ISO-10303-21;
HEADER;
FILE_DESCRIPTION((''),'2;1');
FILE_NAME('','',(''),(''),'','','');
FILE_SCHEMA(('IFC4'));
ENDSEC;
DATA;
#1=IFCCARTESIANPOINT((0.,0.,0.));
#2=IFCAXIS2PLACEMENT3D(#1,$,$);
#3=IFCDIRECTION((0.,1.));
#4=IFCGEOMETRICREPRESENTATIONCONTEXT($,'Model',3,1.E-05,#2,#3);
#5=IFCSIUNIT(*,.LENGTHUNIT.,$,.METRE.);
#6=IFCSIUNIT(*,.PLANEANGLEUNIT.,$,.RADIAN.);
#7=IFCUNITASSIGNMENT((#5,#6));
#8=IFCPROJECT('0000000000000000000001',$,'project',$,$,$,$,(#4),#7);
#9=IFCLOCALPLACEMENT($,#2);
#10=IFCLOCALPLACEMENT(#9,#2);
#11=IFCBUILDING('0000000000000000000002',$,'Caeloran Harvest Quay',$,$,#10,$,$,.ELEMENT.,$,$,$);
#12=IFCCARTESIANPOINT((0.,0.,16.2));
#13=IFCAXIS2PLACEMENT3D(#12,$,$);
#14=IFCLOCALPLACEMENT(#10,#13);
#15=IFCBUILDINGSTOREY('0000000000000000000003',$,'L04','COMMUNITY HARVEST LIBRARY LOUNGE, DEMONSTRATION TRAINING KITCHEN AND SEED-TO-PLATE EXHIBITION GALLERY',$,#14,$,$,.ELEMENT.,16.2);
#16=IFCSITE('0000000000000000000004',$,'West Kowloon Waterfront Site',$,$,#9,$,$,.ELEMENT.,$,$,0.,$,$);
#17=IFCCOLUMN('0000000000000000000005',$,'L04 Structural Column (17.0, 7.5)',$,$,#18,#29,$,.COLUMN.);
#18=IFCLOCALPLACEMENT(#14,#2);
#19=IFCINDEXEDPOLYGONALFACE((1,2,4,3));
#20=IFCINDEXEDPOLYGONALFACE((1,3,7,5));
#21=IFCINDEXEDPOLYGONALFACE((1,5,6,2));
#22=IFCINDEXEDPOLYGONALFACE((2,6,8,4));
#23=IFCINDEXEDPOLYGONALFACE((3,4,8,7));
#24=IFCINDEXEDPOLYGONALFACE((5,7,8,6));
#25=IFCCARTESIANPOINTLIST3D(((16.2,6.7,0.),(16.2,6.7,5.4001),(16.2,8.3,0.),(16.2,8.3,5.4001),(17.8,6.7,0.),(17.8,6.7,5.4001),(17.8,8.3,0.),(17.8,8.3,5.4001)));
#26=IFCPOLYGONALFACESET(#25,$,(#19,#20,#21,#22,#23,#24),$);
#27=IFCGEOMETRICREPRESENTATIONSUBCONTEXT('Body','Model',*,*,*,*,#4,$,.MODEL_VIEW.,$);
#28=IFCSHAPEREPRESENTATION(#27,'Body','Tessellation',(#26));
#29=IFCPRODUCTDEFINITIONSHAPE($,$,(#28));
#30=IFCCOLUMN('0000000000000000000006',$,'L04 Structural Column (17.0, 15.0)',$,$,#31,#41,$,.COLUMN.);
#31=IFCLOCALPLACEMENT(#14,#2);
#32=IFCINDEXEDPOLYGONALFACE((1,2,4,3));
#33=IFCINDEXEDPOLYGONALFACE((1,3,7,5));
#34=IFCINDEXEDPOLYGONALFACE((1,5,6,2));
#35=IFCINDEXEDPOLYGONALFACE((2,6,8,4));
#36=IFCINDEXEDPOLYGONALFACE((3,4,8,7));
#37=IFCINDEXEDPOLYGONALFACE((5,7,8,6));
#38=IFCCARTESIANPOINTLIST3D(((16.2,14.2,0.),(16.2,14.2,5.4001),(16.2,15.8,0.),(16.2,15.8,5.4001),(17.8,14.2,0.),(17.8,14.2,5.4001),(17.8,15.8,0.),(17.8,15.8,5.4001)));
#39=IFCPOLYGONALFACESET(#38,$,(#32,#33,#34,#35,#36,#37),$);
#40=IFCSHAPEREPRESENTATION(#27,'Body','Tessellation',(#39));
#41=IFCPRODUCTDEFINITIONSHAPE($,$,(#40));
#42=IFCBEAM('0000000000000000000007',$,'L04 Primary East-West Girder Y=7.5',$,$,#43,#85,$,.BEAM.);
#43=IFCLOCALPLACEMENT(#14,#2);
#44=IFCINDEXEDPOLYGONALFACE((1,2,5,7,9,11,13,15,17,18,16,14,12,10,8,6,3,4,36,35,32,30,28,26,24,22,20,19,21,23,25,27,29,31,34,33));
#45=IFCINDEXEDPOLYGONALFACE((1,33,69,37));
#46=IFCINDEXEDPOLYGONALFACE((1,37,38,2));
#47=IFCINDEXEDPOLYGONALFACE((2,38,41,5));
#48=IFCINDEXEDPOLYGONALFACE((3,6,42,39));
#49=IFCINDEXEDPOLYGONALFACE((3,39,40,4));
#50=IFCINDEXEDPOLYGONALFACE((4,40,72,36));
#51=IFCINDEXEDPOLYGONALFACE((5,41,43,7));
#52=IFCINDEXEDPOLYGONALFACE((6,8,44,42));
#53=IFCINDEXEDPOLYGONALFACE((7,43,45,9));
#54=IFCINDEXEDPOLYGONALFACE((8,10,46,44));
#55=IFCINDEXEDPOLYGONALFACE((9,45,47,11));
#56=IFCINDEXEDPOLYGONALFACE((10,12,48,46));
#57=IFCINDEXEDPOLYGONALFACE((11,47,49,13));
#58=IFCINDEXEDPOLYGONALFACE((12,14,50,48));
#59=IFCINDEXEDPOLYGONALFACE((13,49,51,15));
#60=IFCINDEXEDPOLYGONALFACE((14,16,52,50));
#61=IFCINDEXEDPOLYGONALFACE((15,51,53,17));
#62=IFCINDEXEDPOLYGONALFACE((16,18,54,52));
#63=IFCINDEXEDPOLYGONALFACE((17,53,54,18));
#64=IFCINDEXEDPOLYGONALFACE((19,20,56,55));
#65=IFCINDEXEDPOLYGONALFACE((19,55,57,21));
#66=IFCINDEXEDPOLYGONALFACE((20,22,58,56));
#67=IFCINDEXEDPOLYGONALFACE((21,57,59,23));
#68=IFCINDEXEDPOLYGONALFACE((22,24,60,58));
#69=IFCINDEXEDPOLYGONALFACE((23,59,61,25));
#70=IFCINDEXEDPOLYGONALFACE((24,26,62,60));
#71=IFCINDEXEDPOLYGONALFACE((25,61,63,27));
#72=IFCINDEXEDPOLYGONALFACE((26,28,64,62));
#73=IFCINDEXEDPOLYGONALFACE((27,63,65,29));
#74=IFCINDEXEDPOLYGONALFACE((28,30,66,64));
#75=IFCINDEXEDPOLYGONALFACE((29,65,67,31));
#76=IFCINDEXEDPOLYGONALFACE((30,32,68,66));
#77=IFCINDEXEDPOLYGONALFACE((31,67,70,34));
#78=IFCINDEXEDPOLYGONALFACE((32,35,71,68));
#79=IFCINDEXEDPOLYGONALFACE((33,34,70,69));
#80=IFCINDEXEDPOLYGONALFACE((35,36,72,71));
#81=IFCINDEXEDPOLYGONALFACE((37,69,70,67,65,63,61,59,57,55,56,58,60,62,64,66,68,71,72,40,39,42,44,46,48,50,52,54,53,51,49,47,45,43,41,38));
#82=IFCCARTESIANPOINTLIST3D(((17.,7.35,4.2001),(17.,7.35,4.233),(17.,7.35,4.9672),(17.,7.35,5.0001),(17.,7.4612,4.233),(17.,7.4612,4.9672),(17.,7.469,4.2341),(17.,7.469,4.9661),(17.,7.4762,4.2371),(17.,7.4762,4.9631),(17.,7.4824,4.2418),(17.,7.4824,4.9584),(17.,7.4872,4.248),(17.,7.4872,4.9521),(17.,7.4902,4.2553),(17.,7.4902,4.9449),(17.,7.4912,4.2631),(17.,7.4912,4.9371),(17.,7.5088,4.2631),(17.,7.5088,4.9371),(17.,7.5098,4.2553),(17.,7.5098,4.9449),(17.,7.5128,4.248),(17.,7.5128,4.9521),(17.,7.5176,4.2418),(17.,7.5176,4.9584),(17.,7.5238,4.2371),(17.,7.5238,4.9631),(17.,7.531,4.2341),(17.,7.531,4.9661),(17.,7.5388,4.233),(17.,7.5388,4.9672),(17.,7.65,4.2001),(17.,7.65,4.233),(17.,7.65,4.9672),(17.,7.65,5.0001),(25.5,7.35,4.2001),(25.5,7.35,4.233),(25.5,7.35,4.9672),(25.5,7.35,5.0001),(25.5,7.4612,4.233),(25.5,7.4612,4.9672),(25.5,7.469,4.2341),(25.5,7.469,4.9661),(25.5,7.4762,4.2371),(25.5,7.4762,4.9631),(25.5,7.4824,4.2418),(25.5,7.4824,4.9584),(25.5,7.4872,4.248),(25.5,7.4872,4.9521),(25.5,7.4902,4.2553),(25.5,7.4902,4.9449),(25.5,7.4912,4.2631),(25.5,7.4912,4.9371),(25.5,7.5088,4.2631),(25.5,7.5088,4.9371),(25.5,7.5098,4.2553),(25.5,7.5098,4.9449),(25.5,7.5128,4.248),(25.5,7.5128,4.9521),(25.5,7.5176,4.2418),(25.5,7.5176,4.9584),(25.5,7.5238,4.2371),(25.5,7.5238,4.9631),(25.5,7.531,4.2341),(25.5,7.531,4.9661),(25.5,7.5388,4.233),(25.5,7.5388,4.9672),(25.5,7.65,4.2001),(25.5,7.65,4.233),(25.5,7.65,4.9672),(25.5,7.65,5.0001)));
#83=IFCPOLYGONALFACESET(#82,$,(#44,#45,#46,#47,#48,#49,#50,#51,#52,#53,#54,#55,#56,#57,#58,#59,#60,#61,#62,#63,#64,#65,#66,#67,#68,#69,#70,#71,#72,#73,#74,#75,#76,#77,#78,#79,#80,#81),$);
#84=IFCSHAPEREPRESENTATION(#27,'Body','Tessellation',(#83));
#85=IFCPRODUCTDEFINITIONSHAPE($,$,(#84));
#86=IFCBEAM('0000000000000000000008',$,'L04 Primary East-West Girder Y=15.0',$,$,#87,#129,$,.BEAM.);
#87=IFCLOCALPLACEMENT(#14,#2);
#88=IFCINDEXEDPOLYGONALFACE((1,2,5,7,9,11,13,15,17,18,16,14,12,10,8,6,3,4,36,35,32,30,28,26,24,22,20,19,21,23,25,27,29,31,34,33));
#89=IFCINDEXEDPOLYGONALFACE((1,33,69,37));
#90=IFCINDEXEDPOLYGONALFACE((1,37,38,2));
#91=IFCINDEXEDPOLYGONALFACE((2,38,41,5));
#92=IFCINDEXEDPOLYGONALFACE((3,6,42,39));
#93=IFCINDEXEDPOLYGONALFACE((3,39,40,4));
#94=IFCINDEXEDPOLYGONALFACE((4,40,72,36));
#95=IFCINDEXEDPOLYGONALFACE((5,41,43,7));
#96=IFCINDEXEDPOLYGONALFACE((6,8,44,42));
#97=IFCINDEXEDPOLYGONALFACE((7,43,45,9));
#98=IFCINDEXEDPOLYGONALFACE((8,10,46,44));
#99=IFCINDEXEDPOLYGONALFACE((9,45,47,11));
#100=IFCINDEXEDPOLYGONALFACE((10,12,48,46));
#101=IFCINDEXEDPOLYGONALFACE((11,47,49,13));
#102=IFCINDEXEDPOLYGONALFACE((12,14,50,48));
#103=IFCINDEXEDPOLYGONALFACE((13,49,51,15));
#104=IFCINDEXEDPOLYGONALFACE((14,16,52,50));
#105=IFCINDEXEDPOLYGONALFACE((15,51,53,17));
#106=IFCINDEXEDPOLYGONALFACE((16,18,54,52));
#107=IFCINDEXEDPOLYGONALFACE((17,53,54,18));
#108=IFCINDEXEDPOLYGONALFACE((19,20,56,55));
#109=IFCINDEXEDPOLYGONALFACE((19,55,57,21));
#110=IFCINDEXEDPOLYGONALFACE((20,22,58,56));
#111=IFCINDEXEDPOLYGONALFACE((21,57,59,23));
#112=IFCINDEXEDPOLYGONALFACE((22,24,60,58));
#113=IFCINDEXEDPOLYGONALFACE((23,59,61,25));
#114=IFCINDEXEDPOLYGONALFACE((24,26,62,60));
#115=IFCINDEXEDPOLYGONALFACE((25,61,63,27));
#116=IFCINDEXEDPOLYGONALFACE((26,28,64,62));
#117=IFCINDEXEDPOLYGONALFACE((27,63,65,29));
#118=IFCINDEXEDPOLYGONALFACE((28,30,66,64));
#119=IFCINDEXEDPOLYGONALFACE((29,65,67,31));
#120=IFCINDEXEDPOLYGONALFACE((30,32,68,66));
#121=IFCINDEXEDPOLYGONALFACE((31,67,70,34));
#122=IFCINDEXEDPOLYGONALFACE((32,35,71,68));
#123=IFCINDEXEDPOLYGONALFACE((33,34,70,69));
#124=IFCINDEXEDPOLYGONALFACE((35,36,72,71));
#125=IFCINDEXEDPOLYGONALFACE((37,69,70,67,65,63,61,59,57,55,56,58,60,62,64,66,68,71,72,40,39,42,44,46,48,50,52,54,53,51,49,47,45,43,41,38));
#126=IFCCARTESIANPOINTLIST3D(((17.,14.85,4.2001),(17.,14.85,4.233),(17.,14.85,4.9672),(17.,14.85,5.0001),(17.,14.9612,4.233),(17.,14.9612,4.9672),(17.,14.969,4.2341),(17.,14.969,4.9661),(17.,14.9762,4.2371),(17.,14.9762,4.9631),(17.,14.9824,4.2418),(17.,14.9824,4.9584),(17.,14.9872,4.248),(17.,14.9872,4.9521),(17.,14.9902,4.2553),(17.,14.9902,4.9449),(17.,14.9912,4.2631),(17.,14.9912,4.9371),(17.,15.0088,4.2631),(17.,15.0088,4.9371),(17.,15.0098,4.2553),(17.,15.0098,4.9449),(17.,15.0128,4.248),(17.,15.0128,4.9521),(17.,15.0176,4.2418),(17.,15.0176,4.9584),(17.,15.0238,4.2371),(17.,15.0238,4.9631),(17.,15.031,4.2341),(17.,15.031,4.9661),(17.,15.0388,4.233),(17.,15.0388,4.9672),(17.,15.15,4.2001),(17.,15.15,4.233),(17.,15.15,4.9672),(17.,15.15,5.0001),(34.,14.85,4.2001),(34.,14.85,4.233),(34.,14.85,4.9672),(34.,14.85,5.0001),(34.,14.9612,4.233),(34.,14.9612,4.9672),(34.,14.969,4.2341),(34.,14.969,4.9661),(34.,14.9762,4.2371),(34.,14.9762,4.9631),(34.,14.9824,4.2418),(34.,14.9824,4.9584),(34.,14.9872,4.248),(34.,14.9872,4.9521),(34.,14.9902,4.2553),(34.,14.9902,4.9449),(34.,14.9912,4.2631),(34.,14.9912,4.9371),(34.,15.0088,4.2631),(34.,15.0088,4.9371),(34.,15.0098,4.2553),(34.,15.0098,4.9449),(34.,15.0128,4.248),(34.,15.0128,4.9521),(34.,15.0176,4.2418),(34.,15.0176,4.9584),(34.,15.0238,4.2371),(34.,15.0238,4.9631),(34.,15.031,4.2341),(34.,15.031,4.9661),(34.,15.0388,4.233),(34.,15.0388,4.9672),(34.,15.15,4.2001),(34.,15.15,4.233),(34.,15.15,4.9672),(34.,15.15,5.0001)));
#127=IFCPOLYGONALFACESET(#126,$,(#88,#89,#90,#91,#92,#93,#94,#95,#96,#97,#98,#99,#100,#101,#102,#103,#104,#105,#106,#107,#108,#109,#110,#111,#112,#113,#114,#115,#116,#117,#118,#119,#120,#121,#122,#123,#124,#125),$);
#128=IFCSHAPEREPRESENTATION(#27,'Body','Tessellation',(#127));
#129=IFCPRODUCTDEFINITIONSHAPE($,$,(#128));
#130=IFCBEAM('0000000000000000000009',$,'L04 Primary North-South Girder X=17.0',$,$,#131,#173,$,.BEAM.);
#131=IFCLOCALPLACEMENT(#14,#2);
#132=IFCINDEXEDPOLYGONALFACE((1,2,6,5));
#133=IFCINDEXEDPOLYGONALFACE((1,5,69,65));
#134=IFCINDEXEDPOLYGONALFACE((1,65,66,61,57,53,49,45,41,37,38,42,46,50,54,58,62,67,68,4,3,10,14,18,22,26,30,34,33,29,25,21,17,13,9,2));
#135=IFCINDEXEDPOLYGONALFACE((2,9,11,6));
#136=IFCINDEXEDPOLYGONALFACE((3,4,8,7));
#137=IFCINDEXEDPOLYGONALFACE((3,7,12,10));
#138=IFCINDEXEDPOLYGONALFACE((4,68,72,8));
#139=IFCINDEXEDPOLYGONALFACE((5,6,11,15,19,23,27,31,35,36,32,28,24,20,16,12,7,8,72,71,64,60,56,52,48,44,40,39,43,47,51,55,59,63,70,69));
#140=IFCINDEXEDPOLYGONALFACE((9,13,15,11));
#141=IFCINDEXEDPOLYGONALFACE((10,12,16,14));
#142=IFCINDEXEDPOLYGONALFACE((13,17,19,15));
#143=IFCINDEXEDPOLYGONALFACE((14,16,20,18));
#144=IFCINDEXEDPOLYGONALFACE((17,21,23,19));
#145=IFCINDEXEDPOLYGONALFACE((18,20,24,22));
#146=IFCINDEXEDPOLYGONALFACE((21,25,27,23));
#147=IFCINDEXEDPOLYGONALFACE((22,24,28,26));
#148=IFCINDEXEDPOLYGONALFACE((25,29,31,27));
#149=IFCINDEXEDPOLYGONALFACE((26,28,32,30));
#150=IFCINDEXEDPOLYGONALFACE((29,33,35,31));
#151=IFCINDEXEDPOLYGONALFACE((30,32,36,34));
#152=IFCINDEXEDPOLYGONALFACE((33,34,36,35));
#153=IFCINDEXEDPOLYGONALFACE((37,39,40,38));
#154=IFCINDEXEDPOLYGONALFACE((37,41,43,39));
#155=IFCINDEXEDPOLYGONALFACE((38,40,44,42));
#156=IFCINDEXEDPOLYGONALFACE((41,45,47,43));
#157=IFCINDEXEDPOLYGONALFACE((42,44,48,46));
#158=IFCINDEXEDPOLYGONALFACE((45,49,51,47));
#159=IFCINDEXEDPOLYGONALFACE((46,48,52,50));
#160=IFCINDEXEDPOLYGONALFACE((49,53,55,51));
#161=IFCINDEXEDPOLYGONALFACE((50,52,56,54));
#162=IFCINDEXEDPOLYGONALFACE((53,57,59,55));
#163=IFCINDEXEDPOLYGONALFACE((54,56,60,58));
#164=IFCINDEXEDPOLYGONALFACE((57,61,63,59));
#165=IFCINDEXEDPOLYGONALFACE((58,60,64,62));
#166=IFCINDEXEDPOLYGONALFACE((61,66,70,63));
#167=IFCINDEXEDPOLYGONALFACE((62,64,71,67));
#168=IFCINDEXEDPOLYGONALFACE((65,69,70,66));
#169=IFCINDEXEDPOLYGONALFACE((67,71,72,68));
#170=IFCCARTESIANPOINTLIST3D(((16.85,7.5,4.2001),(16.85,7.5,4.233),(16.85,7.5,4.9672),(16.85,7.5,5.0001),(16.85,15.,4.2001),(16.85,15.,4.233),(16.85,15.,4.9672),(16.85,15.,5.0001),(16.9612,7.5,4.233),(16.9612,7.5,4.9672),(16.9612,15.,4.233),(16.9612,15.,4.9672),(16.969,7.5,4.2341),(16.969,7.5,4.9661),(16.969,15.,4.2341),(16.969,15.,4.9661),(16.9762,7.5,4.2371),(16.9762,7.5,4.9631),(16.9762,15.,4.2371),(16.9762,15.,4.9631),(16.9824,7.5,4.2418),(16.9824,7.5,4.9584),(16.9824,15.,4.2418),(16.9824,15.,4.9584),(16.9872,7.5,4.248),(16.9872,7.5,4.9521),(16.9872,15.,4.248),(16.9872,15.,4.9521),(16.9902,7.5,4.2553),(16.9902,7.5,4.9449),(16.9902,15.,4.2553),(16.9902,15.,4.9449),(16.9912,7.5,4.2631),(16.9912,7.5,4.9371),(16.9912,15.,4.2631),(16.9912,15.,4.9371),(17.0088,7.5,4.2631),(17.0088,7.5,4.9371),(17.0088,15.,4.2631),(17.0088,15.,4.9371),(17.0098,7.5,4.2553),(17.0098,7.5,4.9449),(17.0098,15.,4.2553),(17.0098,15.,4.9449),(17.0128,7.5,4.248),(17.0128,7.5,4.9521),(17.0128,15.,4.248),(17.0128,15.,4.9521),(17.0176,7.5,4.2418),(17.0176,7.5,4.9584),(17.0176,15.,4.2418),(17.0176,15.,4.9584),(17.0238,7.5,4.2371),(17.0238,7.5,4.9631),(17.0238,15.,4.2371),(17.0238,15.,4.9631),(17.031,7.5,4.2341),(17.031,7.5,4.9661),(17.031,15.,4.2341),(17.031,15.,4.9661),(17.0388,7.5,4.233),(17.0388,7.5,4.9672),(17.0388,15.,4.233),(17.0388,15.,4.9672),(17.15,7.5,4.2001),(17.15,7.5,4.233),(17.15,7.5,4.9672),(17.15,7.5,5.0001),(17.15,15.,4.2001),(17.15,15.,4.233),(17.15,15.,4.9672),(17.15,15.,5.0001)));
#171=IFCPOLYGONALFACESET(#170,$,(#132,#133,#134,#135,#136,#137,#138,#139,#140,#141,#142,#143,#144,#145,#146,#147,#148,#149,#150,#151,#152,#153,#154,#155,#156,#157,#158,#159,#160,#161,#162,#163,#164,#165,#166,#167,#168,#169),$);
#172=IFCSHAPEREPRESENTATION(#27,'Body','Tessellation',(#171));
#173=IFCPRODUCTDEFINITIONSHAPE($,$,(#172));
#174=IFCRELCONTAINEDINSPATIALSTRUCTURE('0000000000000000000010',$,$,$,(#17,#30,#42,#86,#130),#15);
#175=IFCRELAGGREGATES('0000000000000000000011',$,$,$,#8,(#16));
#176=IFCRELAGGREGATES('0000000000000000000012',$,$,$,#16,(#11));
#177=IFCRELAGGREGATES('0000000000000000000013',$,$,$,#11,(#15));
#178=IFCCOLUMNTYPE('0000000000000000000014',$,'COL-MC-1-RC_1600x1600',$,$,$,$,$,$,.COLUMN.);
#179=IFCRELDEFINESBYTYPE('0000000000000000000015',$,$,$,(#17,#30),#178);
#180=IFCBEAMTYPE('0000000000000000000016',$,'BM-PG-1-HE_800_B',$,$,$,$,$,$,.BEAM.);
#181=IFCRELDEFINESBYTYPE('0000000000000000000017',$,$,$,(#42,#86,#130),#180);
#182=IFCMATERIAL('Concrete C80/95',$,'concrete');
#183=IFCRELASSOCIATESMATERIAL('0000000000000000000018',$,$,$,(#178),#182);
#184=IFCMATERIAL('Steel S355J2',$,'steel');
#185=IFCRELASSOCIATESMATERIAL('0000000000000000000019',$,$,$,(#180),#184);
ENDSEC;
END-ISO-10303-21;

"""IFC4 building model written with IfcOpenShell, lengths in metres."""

from ifc_helpers import new_model, si_unit, direction, frame, origin, origin_2d, place, context, subcontext, project, spatial, rectangle, i_section, extrude, material, material_profile, profile_set, type_object, element, save


model = new_model("IFC4")

# Units and contexts
model_context = context("Model", 3, precision=1e-05, world=origin(), true_north=direction((0.0, 1.0)))
body_context = subcontext(model_context, "Body", "Model", "MODEL_VIEW")
ifc_project = project(units=[si_unit("LENGTHUNIT", "METRE"), si_unit("PLANEANGLEUNIT", "RADIAN")], contexts=[model_context])

# Site, building, storey
site_placement = place(None, origin())
site = spatial("IfcSite", under=ifc_project, at=site_placement, Name="West Kowloon Waterfront Site", CompositionType="ELEMENT", RefElevation=0.0)
building_placement = place(site_placement, origin())
building = spatial("IfcBuilding", under=site, at=building_placement, Name="Caeloran Harvest Quay", CompositionType="ELEMENT")
storey_placement = place(building_placement, frame((0.0, 0.0, 16.2)))
storey = spatial("IfcBuildingStorey", under=building, at=storey_placement, Name="L04", Description="COMMUNITY HARVEST LIBRARY LOUNGE, DEMONSTRATION TRAINING KITCHEN AND SEED-TO-PLATE EXHIBITION GALLERY", CompositionType="ELEMENT", Elevation=16.2)

# Columns
ifc_material_1 = material(Name="Concrete C80/95", Category="concrete")
ifc_material_profile_1 = material_profile(ifc_material_1, rectangle(XDim=1.6001, YDim=1.6001, at=origin_2d()), Name="RC 1600x1600")
ifc_profile_set_1 = profile_set([ifc_material_profile_1], Name="Concrete C80/95")
column_type = type_object("IfcColumnType", Name="COL-MC-1-RC_1600x1600", PredefinedType="COLUMN", material=ifc_profile_set_1)
for number, where, z_axis, x_axis, name in (
    (1, (17.0, 7.5, 0.0), (0.0, 0.0, 1.0), (1.0, 0.0, 0.0), "L04 Structural Column (17.0, 7.5)"),
    (2, (17.0, 15.0, 0.0), (0.0, 0.0, 1.0), (1.0, 0.0, 0.0), "L04 Structural Column (17.0, 15.0)"),
):
    element("IfcColumn", number, at=place(storey_placement, frame(where, z_axis=z_axis, x_axis=x_axis)), inside=storey, type_object=column_type, Name=name, PredefinedType="COLUMN", context=body_context, shape_type="SweptSolid", body=[
        extrude(rectangle(XDim=1.6001, YDim=1.6001, at=origin_2d()), origin(), (0.0, 0.0, 1.0), 5.4001),
    ])

# Beams
ifc_material_2 = material(Name="Steel S355J2", Category="steel")
ifc_material_profile_2 = material_profile(ifc_material_2, i_section(OverallWidth=0.3, OverallDepth=0.8, WebThickness=0.0176, FlangeThickness=0.033, FilletRadius=0.03, at=origin_2d()), Name="HE 800 B")
ifc_profile_set_2 = profile_set([ifc_material_profile_2], Name="Steel S355J2")
beam_type_1 = type_object("IfcBeamType", Name="BM-PG-1-HE_800_B", PredefinedType="BEAM", material=ifc_profile_set_2)
beam_1_placement = place(storey_placement, frame((17.0, 7.5, 4.6001), z_axis=(1.0, 0.0, 0.0), x_axis=(0.0, 1.0, 0.0)))
element("IfcBeam", 3, at=beam_1_placement, inside=storey, type_object=beam_type_1, Name="L04 Primary East-West Girder Y=7.5", PredefinedType="BEAM", context=body_context, shape_type="SweptSolid", body=[
    extrude(i_section(OverallWidth=0.3, OverallDepth=0.8, WebThickness=0.0176, FlangeThickness=0.033, FilletRadius=0.03, at=origin_2d()), origin(), (0.0, 0.0, 1.0), 8.5),
])
beam_2_placement = place(storey_placement, frame((17.0, 15.0, 4.6001), z_axis=(1.0, 0.0, 0.0), x_axis=(0.0, 1.0, 0.0)))
element("IfcBeam", 4, at=beam_2_placement, inside=storey, type_object=beam_type_1, Name="L04 Primary East-West Girder Y=15.0", PredefinedType="BEAM", context=body_context, shape_type="SweptSolid", body=[
    extrude(i_section(OverallWidth=0.3, OverallDepth=0.8, WebThickness=0.0176, FlangeThickness=0.033, FilletRadius=0.03, at=origin_2d()), origin(), (0.0, 0.0, 1.0), 17.0),
])
beam_3_placement = place(storey_placement, frame((17.0, 7.5, 4.6001), z_axis=(0.0, 1.0, 0.0), x_axis=(-1.0, 0.0, 0.0)))
element("IfcBeam", 5, at=beam_3_placement, inside=storey, type_object=beam_type_1, Name="L04 Primary North-South Girder X=17.0", PredefinedType="BEAM", context=body_context, shape_type="SweptSolid", body=[
    extrude(i_section(OverallWidth=0.3, OverallDepth=0.8, WebThickness=0.0176, FlangeThickness=0.033, FilletRadius=0.03, at=origin_2d()), origin(), (0.0, 0.0, 1.0), 7.5),
])

save(model, "model.ifc")
